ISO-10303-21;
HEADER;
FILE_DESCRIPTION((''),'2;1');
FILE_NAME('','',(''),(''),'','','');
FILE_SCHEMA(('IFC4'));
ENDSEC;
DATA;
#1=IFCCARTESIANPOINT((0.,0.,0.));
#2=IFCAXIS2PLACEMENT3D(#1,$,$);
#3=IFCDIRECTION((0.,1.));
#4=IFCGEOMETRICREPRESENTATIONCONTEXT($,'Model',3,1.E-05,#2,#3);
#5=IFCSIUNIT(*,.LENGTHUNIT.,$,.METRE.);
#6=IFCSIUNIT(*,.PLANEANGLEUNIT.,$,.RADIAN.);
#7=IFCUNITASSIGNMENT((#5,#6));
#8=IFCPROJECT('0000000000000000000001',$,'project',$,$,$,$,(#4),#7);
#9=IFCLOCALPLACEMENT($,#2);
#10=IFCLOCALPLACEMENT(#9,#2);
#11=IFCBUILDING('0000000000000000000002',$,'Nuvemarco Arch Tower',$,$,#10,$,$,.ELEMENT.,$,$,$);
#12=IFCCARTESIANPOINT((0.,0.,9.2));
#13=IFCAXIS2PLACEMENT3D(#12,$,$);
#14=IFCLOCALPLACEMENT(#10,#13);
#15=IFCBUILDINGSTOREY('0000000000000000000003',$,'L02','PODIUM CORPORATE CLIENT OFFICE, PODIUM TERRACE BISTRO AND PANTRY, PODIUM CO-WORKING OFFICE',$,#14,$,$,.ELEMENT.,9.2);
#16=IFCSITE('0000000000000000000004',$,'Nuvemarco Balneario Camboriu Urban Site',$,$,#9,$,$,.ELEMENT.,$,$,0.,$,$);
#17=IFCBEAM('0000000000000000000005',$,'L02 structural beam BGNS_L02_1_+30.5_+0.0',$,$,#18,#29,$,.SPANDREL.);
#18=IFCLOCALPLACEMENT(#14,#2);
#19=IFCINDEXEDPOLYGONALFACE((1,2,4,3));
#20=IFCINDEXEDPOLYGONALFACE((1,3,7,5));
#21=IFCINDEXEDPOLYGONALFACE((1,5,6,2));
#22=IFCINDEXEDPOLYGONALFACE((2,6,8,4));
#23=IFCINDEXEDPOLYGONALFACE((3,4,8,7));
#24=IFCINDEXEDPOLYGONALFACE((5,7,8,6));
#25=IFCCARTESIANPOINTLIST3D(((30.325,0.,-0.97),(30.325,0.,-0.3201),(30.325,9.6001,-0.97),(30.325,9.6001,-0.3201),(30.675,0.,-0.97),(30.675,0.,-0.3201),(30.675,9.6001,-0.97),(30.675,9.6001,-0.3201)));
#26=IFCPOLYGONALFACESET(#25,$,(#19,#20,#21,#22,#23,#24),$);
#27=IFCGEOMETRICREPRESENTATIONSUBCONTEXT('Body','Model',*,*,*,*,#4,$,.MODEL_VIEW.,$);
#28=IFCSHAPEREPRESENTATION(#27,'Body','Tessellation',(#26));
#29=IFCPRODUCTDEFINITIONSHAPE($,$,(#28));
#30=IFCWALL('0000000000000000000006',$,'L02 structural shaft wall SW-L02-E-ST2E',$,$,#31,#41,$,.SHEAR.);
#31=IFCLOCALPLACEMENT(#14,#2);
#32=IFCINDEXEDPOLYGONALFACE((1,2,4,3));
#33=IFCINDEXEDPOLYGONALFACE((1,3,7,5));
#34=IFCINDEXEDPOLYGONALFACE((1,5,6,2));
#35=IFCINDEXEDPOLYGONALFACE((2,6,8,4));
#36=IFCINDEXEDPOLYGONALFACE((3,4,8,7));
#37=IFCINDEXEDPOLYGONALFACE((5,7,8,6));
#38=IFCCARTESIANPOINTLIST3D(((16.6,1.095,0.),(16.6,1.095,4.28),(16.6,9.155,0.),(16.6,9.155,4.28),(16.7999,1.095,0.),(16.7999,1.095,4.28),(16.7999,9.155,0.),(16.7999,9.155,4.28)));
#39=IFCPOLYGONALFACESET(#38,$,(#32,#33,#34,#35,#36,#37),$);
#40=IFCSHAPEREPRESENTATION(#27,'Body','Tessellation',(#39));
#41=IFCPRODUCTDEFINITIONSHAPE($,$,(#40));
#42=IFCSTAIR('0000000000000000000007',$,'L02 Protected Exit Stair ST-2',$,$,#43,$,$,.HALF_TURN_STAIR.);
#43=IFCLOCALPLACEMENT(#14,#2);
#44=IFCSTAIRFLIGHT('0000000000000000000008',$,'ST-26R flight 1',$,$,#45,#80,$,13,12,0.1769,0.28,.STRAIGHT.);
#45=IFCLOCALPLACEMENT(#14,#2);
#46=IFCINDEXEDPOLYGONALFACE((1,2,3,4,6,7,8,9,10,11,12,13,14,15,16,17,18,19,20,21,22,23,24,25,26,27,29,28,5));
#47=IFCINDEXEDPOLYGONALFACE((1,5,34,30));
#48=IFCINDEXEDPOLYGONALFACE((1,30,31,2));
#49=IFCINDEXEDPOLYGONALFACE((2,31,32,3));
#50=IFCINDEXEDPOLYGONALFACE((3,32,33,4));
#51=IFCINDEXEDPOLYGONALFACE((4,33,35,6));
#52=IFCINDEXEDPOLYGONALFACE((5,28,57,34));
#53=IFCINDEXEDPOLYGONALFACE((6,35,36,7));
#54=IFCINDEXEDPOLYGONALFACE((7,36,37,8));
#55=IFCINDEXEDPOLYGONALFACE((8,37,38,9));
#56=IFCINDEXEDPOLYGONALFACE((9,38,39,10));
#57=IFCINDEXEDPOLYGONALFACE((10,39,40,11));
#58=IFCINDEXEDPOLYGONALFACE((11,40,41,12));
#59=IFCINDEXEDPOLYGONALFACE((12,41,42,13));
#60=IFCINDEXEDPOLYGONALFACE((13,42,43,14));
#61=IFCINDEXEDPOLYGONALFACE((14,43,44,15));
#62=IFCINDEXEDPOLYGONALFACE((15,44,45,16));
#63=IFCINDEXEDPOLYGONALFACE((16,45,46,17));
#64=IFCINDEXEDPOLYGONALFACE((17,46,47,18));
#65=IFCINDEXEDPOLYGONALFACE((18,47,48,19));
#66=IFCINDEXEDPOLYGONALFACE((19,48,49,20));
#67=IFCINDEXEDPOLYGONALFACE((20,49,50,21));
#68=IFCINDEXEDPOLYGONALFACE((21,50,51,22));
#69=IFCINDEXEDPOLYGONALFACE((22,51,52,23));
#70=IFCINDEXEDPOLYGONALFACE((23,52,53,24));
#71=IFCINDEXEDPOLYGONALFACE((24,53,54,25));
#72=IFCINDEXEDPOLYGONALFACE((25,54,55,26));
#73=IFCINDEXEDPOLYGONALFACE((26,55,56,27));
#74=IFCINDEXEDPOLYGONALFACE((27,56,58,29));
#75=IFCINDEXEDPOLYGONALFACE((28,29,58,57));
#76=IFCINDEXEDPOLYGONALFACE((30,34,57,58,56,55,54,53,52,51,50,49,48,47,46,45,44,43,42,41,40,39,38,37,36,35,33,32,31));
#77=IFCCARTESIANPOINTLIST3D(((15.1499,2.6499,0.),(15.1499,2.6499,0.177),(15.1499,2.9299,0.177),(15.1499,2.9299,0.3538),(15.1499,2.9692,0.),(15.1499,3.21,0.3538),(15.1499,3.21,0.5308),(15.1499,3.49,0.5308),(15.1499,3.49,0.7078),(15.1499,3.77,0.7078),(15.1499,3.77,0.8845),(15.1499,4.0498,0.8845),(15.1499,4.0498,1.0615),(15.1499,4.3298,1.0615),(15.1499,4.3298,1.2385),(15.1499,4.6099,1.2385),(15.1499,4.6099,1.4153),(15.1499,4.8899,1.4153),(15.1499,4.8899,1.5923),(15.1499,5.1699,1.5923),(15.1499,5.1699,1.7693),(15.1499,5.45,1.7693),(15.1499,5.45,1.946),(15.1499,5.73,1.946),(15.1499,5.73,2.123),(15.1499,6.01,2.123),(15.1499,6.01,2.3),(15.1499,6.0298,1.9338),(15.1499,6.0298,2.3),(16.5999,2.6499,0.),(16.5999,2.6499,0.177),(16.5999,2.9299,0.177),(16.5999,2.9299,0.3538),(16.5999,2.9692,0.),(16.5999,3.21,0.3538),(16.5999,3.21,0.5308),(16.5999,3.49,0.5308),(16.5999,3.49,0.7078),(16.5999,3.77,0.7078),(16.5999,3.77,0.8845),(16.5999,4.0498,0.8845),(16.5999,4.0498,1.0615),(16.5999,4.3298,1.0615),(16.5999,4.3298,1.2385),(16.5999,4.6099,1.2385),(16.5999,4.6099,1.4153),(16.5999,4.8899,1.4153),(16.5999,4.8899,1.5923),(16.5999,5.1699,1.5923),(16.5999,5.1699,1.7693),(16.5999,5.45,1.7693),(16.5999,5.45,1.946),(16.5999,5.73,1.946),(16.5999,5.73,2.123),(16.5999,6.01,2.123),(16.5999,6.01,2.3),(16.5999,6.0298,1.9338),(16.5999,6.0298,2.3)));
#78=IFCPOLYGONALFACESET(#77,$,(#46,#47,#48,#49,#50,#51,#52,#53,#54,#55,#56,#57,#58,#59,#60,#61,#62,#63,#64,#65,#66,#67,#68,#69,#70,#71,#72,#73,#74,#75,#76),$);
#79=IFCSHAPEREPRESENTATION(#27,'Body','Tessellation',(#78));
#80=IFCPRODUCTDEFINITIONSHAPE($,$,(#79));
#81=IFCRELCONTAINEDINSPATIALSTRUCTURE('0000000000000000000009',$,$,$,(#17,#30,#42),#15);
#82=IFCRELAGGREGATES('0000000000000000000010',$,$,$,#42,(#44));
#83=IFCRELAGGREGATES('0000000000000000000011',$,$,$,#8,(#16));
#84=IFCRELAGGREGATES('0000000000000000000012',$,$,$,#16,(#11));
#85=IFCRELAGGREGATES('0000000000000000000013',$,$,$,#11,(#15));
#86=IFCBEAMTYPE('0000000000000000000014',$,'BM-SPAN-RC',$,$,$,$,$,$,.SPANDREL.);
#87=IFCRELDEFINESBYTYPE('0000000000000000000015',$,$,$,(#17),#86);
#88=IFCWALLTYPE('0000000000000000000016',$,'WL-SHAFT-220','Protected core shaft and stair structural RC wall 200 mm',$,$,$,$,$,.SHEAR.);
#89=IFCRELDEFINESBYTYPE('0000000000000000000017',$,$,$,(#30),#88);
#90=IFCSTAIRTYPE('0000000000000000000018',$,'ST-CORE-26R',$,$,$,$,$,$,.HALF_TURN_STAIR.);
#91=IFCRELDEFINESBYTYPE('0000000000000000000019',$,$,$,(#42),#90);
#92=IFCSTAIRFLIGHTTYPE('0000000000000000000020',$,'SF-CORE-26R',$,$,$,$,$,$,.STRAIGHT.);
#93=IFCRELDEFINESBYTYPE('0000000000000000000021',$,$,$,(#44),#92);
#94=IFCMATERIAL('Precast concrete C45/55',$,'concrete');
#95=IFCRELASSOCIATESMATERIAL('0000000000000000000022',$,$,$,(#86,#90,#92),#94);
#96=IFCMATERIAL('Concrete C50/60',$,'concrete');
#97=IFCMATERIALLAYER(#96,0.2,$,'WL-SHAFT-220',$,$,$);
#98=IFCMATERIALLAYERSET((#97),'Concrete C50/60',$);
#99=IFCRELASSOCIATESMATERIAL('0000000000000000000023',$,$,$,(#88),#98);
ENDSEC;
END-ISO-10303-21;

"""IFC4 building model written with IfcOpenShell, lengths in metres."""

from ifc_helpers import new_model, si_unit, direction, frame, frame_2d, origin, origin_2d, place, context, subcontext, project, spatial, polyline, rectangle, outline, extrude, material, layer, layer_set, material_profile, profile_set, type_object, element, aggregate, save


model = new_model("IFC4")

# Units and contexts
model_context = context("Model", 3, precision=1e-05, world=origin(), true_north=direction((0.0, 1.0)))
body_context = subcontext(model_context, "Body", "Model", "MODEL_VIEW")
ifc_project = project(units=[si_unit("LENGTHUNIT", "METRE"), si_unit("PLANEANGLEUNIT", "RADIAN")], contexts=[model_context])

# Site, building, storey
site_placement = place(None, origin())
site = spatial("IfcSite", under=ifc_project, at=site_placement, Name="Nuvemarco Balneario Camboriu Urban Site", CompositionType="ELEMENT", RefElevation=0.0)
building_placement = place(site_placement, origin())
building = spatial("IfcBuilding", under=site, at=building_placement, Name="Nuvemarco Arch Tower", CompositionType="ELEMENT")
storey_placement = place(building_placement, frame((0.0, 0.0, 9.2)))
storey = spatial("IfcBuildingStorey", under=building, at=storey_placement, Name="L02", Description="PODIUM CORPORATE CLIENT OFFICE, PODIUM TERRACE BISTRO AND PANTRY, PODIUM CO-WORKING OFFICE", CompositionType="ELEMENT", Elevation=9.2)

# Beam
ifc_material_1 = material(Name="Precast concrete C45/55", Category="concrete")
ifc_material_profile_1 = material_profile(ifc_material_1, rectangle(XDim=0.3501, YDim=0.6499, at=origin_2d()), Name="PC-SP-350x650")
ifc_profile_set_1 = profile_set([ifc_material_profile_1], Name="Precast concrete C45/55")
beam_type_1 = type_object("IfcBeamType", Name="BM-SPAN-RC", PredefinedType="SPANDREL", material=ifc_profile_set_1)
beam_1_placement = place(storey_placement, frame((30.5, 0.0, -0.645), z_axis=(0.0, 1.0, 0.0), x_axis=(-1.0, 0.0, 0.0)))
element("IfcBeam", 1, at=beam_1_placement, inside=storey, type_object=beam_type_1, Name="L02 structural beam BGNS_L02_1_+30.5_+0.0", PredefinedType="SPANDREL", context=body_context, shape_type="SweptSolid", body=[
    extrude(rectangle(XDim=0.3501, YDim=0.6499, at=origin_2d()), origin(), (0.0, 0.0, 1.0), 9.6001),
])

# Wall
ifc_material_2 = material(Name="Concrete C50/60", Category="concrete")
ifc_layer = layer(ifc_material_2, 0.2, Name="WL-SHAFT-220")
ifc_layer_set = layer_set([ifc_layer], Name="Concrete C50/60")
wall_type = type_object("IfcWallType", Name="WL-SHAFT-220", Description="Protected core shaft and stair structural RC wall 200 mm", PredefinedType="SHEAR", material=ifc_layer_set)
wall_placement = place(storey_placement, frame((16.7, 1.095, 0.0), z_axis=(0.0, 0.0, 1.0), x_axis=(0.0, 1.0, 0.0)))
element("IfcWall", 2, at=wall_placement, inside=storey, type_object=wall_type, Name="L02 structural shaft wall SW-L02-E-ST2E", PredefinedType="SHEAR", context=body_context, shape_type="SweptSolid", body=[
    extrude(rectangle(XDim=8.0601, YDim=0.2, at=frame_2d((4.03, 0.0))), origin(), (0.0, 0.0, 1.0), 4.28),
])

# Stair, stair flight
stair_type = type_object("IfcStairType", Name="ST-CORE-26R", PredefinedType="HALF_TURN_STAIR", material=ifc_material_1)
stair_placement = place(storey_placement, origin())
stair = element("IfcStair", 3, at=stair_placement, inside=storey, type_object=stair_type, Name="L02 Protected Exit Stair ST-2", PredefinedType="HALF_TURN_STAIR")
stair_flight_type = type_object("IfcStairFlightType", Name="SF-CORE-26R", PredefinedType="STRAIGHT", material=ifc_material_1)
stair_flight_placement = place(storey_placement, frame((15.875, 2.6499, 0.0), z_axis=(0.0, 0.0, 1.0), x_axis=(0.0, 1.0, 0.0)))
stair_flight = element("IfcStairFlight", 4, at=stair_flight_placement, type_object=stair_flight_type, Name="ST-26R flight 1", NumberOfRisers=13, NumberOfTreads=12, PredefinedType="STRAIGHT", RiserHeight=0.1769, TreadLength=0.28, context=body_context, shape_type="SweptSolid", body=[
    extrude(outline(polyline([(0.0, 0.0), (0.0, 0.177), (0.28, 0.177), (0.28, 0.3538), (0.5601, 0.3538), (0.5601, 0.5308), (0.8401, 0.5308), (0.8401, 0.7078), (1.1201, 0.7078), (1.1201, 0.8845), (1.3999, 0.8845), (1.3999, 1.0615), (1.6799, 1.0615), (1.6799, 1.2385), (1.96, 1.2385), (1.96, 1.4153), (2.24, 1.4153), (2.24, 1.5923), (2.52, 1.5923), (2.52, 1.7693), (2.8, 1.7693), (2.8, 1.946), (3.0801, 1.946), (3.0801, 2.123), (3.3601, 2.123), (3.3601, 2.3), (3.3799, 2.3), (3.3799, 1.9338), (0.3193, 0.0), (0.0, 0.0)])), frame((0.0, 0.7251, 0.0), z_axis=(0.0, -1.0, 0.0), x_axis=(1.0, 0.0, 0.0)), (0.0, 0.0, 1.0), 1.45),
])
aggregate(stair, [stair_flight])

save(model, "model.ifc")
